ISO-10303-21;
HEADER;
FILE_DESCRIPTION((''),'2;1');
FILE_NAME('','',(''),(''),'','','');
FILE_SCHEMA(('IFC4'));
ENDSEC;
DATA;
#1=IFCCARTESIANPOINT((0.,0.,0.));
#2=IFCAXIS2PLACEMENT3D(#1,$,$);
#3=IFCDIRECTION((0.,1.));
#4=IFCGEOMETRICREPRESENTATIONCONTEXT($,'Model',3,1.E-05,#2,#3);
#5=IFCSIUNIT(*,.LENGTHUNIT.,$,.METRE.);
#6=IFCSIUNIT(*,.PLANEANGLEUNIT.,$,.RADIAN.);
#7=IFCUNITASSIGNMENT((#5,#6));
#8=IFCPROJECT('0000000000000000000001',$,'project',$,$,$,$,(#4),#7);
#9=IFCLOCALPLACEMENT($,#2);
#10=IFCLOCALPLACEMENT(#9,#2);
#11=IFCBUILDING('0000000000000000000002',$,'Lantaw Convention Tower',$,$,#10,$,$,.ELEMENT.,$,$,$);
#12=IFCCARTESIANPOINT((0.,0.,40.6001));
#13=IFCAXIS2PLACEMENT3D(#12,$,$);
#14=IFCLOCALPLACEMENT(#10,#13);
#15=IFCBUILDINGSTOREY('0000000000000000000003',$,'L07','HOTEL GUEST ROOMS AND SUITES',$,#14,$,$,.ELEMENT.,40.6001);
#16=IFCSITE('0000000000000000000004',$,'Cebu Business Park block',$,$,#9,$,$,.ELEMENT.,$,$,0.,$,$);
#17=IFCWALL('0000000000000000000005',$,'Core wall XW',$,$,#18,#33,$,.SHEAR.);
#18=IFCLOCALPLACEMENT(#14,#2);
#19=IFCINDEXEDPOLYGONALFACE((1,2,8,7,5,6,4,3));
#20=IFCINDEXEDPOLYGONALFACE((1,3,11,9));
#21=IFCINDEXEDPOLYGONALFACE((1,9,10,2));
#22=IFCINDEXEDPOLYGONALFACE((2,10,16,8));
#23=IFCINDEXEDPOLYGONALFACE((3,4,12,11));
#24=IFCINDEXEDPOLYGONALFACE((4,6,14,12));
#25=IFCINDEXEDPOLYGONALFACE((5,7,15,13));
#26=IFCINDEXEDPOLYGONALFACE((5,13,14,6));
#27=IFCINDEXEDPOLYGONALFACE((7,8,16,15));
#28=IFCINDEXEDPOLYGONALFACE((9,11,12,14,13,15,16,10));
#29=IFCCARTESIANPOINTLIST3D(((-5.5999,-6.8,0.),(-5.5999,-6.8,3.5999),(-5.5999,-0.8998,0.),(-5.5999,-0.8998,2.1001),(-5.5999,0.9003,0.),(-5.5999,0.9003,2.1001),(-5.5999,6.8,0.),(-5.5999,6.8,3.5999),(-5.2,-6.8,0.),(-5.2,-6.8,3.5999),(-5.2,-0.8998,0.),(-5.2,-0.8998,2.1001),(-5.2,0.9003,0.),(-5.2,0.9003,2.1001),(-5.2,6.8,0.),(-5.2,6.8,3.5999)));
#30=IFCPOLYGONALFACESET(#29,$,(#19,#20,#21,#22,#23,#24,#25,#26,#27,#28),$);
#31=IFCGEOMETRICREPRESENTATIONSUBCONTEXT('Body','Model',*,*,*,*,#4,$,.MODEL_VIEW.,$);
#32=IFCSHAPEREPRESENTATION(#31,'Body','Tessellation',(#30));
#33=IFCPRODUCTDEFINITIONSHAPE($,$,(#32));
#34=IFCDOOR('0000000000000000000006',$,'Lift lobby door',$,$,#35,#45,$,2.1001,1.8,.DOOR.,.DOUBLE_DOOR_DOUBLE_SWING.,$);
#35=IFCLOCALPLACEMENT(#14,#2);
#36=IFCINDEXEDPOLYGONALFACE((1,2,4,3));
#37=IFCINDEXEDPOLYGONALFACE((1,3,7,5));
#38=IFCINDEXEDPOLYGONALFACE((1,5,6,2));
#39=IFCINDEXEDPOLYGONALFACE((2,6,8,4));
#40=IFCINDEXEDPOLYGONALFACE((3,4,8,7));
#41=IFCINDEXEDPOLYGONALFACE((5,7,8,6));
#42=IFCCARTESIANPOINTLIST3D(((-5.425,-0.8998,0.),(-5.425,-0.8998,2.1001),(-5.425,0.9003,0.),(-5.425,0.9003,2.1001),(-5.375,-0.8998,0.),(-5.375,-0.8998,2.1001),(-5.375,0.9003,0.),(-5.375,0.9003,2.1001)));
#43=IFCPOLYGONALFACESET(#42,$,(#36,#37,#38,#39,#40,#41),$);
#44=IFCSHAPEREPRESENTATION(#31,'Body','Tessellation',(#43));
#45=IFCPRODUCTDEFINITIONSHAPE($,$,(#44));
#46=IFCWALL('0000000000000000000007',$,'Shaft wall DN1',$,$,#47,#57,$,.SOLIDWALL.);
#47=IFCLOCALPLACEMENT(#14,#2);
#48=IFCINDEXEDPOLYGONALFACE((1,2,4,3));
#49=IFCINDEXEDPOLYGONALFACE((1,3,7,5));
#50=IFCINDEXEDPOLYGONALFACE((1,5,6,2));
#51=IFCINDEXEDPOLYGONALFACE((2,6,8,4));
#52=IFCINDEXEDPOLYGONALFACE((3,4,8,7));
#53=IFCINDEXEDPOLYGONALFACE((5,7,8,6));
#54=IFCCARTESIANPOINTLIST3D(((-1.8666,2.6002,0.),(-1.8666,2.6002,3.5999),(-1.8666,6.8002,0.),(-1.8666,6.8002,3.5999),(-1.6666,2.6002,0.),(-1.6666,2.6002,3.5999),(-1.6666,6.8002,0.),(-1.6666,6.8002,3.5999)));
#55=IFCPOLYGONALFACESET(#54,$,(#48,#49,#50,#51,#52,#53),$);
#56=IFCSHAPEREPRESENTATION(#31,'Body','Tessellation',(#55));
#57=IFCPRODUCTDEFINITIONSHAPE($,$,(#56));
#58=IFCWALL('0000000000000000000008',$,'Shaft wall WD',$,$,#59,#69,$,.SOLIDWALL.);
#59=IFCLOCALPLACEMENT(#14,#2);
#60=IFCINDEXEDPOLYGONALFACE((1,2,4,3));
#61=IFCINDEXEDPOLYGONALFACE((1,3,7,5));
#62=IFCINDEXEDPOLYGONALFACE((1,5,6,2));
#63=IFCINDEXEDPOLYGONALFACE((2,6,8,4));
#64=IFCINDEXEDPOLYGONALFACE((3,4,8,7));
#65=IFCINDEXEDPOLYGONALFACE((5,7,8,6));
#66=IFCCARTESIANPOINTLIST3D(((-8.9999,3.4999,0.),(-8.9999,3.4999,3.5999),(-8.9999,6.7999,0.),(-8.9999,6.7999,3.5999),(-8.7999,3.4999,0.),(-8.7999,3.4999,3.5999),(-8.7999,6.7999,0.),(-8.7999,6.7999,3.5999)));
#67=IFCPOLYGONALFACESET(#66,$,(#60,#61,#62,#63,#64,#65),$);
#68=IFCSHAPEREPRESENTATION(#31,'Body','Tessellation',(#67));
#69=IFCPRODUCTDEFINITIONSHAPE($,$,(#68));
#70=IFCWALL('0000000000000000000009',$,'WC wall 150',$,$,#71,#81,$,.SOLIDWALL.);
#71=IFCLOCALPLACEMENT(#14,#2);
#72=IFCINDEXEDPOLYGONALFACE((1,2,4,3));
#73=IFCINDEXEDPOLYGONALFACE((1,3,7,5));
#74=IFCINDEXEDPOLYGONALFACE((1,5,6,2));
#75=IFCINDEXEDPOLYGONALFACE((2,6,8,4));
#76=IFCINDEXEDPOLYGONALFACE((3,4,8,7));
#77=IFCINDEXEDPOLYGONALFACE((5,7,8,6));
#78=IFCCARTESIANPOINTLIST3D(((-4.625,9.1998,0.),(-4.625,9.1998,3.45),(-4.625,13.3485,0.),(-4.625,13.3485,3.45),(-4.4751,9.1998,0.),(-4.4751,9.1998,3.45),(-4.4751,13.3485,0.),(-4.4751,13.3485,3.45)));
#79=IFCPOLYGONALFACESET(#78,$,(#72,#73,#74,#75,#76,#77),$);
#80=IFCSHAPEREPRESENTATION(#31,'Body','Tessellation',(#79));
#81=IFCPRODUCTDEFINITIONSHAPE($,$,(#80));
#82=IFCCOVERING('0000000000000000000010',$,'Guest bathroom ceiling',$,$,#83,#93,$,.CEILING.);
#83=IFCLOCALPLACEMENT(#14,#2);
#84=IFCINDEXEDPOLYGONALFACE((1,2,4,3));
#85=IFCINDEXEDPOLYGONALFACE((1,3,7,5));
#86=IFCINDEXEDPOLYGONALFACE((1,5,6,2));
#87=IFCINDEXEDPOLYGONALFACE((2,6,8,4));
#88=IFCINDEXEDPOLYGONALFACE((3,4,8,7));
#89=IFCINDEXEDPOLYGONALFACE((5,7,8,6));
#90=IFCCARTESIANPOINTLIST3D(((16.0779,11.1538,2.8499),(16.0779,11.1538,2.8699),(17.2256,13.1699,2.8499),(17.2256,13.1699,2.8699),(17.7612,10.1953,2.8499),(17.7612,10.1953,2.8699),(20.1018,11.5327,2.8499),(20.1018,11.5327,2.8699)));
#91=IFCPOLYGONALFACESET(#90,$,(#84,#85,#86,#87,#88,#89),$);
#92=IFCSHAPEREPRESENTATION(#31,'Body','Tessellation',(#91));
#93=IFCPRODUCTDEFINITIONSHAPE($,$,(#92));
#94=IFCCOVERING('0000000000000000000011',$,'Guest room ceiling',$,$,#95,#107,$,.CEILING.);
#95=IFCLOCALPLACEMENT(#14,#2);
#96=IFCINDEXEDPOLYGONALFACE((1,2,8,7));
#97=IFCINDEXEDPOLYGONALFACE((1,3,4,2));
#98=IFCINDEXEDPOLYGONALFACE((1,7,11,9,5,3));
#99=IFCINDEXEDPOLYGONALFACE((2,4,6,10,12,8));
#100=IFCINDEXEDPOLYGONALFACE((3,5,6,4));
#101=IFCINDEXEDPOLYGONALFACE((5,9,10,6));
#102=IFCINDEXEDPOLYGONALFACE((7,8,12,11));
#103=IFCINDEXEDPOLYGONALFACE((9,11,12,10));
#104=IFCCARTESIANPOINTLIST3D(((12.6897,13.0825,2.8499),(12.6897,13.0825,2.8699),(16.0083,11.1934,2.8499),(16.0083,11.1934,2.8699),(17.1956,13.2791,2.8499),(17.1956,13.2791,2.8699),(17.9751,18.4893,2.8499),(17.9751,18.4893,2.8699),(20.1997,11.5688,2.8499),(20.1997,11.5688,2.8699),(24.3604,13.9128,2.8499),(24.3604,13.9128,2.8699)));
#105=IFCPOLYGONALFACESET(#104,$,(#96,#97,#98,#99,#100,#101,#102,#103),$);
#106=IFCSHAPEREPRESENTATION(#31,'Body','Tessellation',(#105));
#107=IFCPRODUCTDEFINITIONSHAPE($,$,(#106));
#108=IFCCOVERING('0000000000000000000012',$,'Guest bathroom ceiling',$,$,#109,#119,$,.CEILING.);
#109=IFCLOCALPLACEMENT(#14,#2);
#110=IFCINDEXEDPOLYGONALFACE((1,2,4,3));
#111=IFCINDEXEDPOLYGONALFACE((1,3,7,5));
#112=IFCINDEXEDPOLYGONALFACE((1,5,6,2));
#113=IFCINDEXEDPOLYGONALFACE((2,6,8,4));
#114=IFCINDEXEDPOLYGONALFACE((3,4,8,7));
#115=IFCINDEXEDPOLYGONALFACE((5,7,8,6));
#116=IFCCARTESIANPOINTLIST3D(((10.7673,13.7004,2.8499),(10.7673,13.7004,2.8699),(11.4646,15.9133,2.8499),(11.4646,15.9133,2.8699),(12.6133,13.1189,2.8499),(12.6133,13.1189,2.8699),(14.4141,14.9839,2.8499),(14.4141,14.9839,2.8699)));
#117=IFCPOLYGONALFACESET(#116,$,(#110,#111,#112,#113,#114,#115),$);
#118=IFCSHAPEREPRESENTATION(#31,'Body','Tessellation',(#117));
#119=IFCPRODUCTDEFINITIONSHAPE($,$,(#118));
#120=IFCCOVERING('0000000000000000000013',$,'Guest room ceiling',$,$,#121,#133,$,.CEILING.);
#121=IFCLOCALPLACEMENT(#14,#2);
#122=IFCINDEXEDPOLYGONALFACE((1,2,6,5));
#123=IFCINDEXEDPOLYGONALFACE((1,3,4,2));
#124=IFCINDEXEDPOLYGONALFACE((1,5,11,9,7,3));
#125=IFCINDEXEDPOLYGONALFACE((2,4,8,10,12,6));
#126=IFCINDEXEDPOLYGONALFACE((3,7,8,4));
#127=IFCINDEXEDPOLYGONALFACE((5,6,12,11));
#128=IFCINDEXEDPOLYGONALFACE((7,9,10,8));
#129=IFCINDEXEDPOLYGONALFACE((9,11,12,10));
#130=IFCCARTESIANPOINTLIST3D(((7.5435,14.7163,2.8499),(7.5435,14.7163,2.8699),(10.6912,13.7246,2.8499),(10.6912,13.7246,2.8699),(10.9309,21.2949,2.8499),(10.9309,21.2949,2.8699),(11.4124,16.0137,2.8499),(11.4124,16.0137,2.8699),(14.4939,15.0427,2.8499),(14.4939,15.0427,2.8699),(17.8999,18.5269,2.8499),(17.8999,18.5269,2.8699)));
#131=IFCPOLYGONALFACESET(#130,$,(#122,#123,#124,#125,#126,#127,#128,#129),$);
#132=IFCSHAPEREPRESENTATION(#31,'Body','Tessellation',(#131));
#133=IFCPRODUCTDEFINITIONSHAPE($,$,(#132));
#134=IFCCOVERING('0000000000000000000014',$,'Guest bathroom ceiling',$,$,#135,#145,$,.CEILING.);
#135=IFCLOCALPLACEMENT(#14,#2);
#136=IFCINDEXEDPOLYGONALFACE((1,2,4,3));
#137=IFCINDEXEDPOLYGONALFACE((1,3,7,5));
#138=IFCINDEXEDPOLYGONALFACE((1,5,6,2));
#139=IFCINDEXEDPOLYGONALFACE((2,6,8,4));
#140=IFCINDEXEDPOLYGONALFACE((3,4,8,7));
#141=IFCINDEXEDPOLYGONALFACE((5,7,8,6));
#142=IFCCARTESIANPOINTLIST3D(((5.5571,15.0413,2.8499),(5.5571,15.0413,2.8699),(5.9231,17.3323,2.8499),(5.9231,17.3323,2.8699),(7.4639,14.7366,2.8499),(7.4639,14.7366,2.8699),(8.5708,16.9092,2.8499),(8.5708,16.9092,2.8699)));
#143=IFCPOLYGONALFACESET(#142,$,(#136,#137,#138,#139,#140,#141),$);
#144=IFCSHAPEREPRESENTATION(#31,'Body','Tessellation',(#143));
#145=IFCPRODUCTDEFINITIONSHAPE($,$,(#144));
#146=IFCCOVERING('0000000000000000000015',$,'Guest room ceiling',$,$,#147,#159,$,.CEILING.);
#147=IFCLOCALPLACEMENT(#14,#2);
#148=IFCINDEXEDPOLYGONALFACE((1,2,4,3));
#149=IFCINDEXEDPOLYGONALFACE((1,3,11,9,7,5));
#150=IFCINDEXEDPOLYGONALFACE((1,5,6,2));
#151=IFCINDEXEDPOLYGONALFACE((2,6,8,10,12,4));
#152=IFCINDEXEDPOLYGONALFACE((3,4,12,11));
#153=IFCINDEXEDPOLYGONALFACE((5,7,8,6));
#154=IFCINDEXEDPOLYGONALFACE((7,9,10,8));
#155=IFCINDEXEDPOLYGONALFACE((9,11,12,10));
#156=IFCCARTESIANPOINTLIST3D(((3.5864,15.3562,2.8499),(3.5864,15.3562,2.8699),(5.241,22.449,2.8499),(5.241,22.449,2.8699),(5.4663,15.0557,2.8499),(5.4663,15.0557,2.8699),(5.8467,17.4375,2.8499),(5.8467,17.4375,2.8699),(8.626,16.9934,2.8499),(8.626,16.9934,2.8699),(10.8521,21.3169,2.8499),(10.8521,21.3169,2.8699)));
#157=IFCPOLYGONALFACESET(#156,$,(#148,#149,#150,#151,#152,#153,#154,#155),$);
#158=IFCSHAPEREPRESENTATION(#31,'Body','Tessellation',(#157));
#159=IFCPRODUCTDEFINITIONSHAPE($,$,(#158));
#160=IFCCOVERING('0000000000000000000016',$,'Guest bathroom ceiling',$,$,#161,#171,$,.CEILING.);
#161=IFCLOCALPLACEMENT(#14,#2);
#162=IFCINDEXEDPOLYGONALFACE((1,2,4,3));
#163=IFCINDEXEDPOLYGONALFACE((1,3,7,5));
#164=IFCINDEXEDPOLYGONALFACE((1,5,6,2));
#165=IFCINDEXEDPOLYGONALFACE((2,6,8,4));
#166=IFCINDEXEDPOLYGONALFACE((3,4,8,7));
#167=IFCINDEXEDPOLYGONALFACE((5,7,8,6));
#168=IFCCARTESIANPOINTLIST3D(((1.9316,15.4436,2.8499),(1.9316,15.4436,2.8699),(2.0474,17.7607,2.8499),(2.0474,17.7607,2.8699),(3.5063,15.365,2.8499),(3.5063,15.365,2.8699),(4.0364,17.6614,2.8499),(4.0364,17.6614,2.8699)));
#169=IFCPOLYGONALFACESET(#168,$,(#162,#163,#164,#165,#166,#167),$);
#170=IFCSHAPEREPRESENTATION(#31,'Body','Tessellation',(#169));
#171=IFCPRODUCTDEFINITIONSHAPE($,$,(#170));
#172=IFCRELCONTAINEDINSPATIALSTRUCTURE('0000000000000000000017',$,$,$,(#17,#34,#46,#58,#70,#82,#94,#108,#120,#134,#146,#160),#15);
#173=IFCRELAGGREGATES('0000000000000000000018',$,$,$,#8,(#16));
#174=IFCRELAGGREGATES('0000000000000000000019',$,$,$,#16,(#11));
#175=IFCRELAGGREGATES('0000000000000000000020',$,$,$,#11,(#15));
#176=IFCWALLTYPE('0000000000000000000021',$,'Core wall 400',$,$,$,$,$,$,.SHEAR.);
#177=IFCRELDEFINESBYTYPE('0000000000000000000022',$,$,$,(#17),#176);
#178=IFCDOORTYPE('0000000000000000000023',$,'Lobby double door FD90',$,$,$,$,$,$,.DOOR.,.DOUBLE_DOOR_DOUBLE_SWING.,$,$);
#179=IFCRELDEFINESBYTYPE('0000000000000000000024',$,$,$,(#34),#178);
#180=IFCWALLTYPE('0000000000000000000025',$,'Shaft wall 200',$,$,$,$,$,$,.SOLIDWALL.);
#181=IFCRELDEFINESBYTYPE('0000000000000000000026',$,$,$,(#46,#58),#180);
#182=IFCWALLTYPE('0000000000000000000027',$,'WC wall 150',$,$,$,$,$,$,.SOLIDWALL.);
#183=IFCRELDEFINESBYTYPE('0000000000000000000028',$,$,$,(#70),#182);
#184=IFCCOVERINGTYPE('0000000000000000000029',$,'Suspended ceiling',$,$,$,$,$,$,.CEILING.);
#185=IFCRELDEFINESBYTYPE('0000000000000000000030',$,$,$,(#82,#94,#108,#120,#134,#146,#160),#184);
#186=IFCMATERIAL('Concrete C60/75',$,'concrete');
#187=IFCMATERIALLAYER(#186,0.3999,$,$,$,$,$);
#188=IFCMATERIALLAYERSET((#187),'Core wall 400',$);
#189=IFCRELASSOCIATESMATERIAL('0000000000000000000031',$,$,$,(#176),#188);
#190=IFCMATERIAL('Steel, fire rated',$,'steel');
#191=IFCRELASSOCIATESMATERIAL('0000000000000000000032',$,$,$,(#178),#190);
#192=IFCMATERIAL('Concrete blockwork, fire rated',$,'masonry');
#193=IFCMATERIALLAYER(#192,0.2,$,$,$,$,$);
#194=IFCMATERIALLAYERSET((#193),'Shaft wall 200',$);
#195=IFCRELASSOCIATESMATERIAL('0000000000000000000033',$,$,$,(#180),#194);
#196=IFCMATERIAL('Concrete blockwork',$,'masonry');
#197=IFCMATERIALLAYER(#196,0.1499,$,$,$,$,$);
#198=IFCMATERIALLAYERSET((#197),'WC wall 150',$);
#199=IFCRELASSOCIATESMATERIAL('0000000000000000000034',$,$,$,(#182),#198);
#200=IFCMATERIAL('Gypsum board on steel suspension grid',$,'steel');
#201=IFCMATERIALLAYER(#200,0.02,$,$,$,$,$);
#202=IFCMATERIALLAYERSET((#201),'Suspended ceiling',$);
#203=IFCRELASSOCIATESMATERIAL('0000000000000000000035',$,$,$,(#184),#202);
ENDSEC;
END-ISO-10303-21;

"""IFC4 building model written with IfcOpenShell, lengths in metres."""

from ifc_helpers import new_model, si_unit, direction, frame, frame_2d, origin, place, context, subcontext, project, spatial, polyline, rectangle, outline, extrude, material, layer, layer_set, type_object, element, fill, save


model = new_model("IFC4")

# Units and contexts
model_context = context("Model", 3, precision=1e-05, world=origin(), true_north=direction((0.0, 1.0)))
body_context = subcontext(model_context, "Body", "Model", "MODEL_VIEW")
ifc_project = project(units=[si_unit("LENGTHUNIT", "METRE"), si_unit("PLANEANGLEUNIT", "RADIAN")], contexts=[model_context])

# Site, building, storey
site_placement = place(None, origin())
site = spatial("IfcSite", under=ifc_project, at=site_placement, Name="Cebu Business Park block", CompositionType="ELEMENT", RefElevation=0.0)
building_placement = place(site_placement, origin())
building = spatial("IfcBuilding", under=site, at=building_placement, Name="Lantaw Convention Tower", CompositionType="ELEMENT")
storey_placement = place(building_placement, frame((0.0, 0.0, 40.6001)))
storey = spatial("IfcBuildingStorey", under=building, at=storey_placement, Name="L07", Description="HOTEL GUEST ROOMS AND SUITES", CompositionType="ELEMENT", Elevation=40.6001)

# Wall, opening, door
ifc_material_1 = material(Name="Concrete C60/75", Category="concrete")
ifc_layer_1 = layer(ifc_material_1, 0.3999)
ifc_layer_set_1 = layer_set([ifc_layer_1], Name="Core wall 400")
wall_type_1 = type_object("IfcWallType", Name="Core wall 400", PredefinedType="SHEAR", material=ifc_layer_set_1)
wall_1_placement = place(storey_placement, frame((-5.3999, 6.8, 0.0), z_axis=(0.0, 0.0, 1.0), x_axis=(0.0, -1.0, 0.0)))
wall_1 = element("IfcWall", 1, at=wall_1_placement, inside=storey, type_object=wall_type_1, Name="Core wall XW", PredefinedType="SHEAR", context=body_context, shape_type="SweptSolid", body=[
    extrude(rectangle(XDim=13.6001, YDim=0.3999, at=frame_2d((6.8, 0.0))), origin(), (0.0, 0.0, 1.0), 3.5999),
])
opening_placement = place(wall_1_placement, frame((5.8999, 0.0, 0.0)))
opening = element("IfcOpeningElement", 2, at=opening_placement, cuts=wall_1, PredefinedType="OPENING", context=body_context, shape_type="SweptSolid", body=[
    extrude(rectangle(XDim=1.8, YDim=2.1001, at=frame_2d((0.8999, 1.05))), frame((0.0, 0.21, 0.0), z_axis=(0.0, -1.0, 0.0), x_axis=(1.0, 0.0, 0.0)), (0.0, 0.0, 1.0), 0.4199),
])
ifc_material_2 = material(Name="Steel, fire rated", Category="steel")
door_type = type_object("IfcDoorType", Name="Lobby double door FD90", OperationType="DOUBLE_DOOR_DOUBLE_SWING", PredefinedType="DOOR", material=ifc_material_2)
door_placement = place(opening_placement, origin())
door = element("IfcDoor", 3, at=door_placement, inside=storey, type_object=door_type, Name="Lift lobby door", OperationType="DOUBLE_DOOR_DOUBLE_SWING", OverallHeight=2.1001, OverallWidth=1.8, PredefinedType="DOOR", context=body_context, shape_type="SweptSolid", body=[
    extrude(rectangle(XDim=1.8, YDim=2.1001, at=frame_2d((0.8999, 1.05))), frame((0.0, 0.0249, 0.0), z_axis=(0.0, -1.0, 0.0), x_axis=(1.0, 0.0, 0.0)), (0.0, 0.0, 1.0), 0.05),
])
fill(opening, door)

# Walls
ifc_material_3 = material(Name="Concrete blockwork, fire rated", Category="masonry")
ifc_layer_2 = layer(ifc_material_3, 0.2)
ifc_layer_set_2 = layer_set([ifc_layer_2], Name="Shaft wall 200")
wall_type_2 = type_object("IfcWallType", Name="Shaft wall 200", PredefinedType="SOLIDWALL", material=ifc_layer_set_2)
wall_2_placement = place(storey_placement, frame((-1.7666, 2.6001, 0.0), z_axis=(0.0, 0.0, 1.0), x_axis=(0.0, 1.0, 0.0)))
element("IfcWall", 4, at=wall_2_placement, inside=storey, type_object=wall_type_2, Name="Shaft wall DN1", PredefinedType="SOLIDWALL", context=body_context, shape_type="SweptSolid", body=[
    extrude(rectangle(XDim=4.2, YDim=0.2, at=frame_2d((2.1001, 0.0))), origin(), (0.0, 0.0, 1.0), 3.5999),
])
wall_3_placement = place(storey_placement, frame((-8.8999, 3.5, 0.0), z_axis=(0.0, 0.0, 1.0), x_axis=(0.0, 1.0, 0.0)))
element("IfcWall", 5, at=wall_3_placement, inside=storey, type_object=wall_type_2, Name="Shaft wall WD", PredefinedType="SOLIDWALL", context=body_context, shape_type="SweptSolid", body=[
    extrude(rectangle(XDim=3.3, YDim=0.2, at=frame_2d((1.6499, 0.0))), origin(), (0.0, 0.0, 1.0), 3.5999),
])
ifc_material_4 = material(Name="Concrete blockwork", Category="masonry")
ifc_layer_3 = layer(ifc_material_4, 0.1499)
ifc_layer_set_3 = layer_set([ifc_layer_3], Name="WC wall 150")
wall_type_3 = type_object("IfcWallType", Name="WC wall 150", PredefinedType="SOLIDWALL", material=ifc_layer_set_3)
wall_4_placement = place(storey_placement, frame((-4.55, 9.2, 0.0), z_axis=(0.0, 0.0, 1.0), x_axis=(0.0, 1.0, 0.0)))
element("IfcWall", 6, at=wall_4_placement, inside=storey, type_object=wall_type_3, Name="WC wall 150", PredefinedType="SOLIDWALL", context=body_context, shape_type="SweptSolid", body=[
    extrude(rectangle(XDim=4.1487, YDim=0.1499, at=frame_2d((2.0742, 0.0))), origin(), (0.0, 0.0, 1.0), 3.45),
])

# Coverings
ifc_material_5 = material(Name="Gypsum board on steel suspension grid", Category="steel")
ifc_layer_4 = layer(ifc_material_5, 0.02)
ifc_layer_set_4 = layer_set([ifc_layer_4], Name="Suspended ceiling")
covering_type = type_object("IfcCoveringType", Name="Suspended ceiling", PredefinedType="CEILING", material=ifc_layer_set_4)
covering_1_placement = place(storey_placement, frame((0.0, 0.0, 2.8499)))
element("IfcCovering", 7, at=covering_1_placement, inside=storey, type_object=covering_type, Name="Guest bathroom ceiling", PredefinedType="CEILING", context=body_context, shape_type="SweptSolid", body=[
    extrude(outline(polyline([(17.7612, 10.1953), (20.1018, 11.5327), (17.2256, 13.1699), (16.0779, 11.1538), (17.7612, 10.1953)])), origin(), (0.0, 0.0, 1.0), 0.02),
])
covering_2_placement = place(storey_placement, frame((0.0, 0.0, 2.8499)))
element("IfcCovering", 8, at=covering_2_placement, inside=storey, type_object=covering_type, Name="Guest room ceiling", PredefinedType="CEILING", context=body_context, shape_type="SweptSolid", body=[
    extrude(outline(polyline([(12.6897, 13.0825), (16.0083, 11.1934), (17.1956, 13.2791), (20.1997, 11.5688), (24.3604, 13.9128), (17.9751, 18.4893), (12.6897, 13.0825)])), origin(), (0.0, 0.0, 1.0), 0.02),
])
covering_3_placement = place(storey_placement, frame((0.0, 0.0, 2.8499)))
element("IfcCovering", 9, at=covering_3_placement, inside=storey, type_object=covering_type, Name="Guest bathroom ceiling", PredefinedType="CEILING", context=body_context, shape_type="SweptSolid", body=[
    extrude(outline(polyline([(12.6133, 13.1189), (14.4141, 14.9839), (11.4646, 15.9133), (10.7673, 13.7004), (12.6133, 13.1189)])), origin(), (0.0, 0.0, 1.0), 0.02),
])
covering_4_placement = place(storey_placement, frame((0.0, 0.0, 2.8499)))
element("IfcCovering", 10, at=covering_4_placement, inside=storey, type_object=covering_type, Name="Guest room ceiling", PredefinedType="CEILING", context=body_context, shape_type="SweptSolid", body=[
    extrude(outline(polyline([(7.5435, 14.7163), (10.6912, 13.7246), (11.4124, 16.0137), (14.4939, 15.0427), (17.8999, 18.5269), (10.9309, 21.2949), (7.5435, 14.7163)])), origin(), (0.0, 0.0, 1.0), 0.02),
])
covering_5_placement = place(storey_placement, frame((0.0, 0.0, 2.8499)))
element("IfcCovering", 11, at=covering_5_placement, inside=storey, type_object=covering_type, Name="Guest bathroom ceiling", PredefinedType="CEILING", context=body_context, shape_type="SweptSolid", body=[
    extrude(outline(polyline([(7.4639, 14.7366), (8.5708, 16.9092), (5.9231, 17.3323), (5.5571, 15.0413), (7.4639, 14.7366)])), origin(), (0.0, 0.0, 1.0), 0.02),
])
covering_6_placement = place(storey_placement, frame((0.0, 0.0, 2.8499)))
element("IfcCovering", 12, at=covering_6_placement, inside=storey, type_object=covering_type, Name="Guest room ceiling", PredefinedType="CEILING", context=body_context, shape_type="SweptSolid", body=[
    extrude(outline(polyline([(5.241, 22.449), (3.5864, 15.3562), (5.4663, 15.0557), (5.8467, 17.4375), (8.626, 16.9934), (10.8521, 21.3169), (5.241, 22.449)])), origin(), (0.0, 0.0, 1.0), 0.02),
])
covering_7_placement = place(storey_placement, frame((0.0, 0.0, 2.8499)))
element("IfcCovering", 13, at=covering_7_placement, inside=storey, type_object=covering_type, Name="Guest bathroom ceiling", PredefinedType="CEILING", context=body_context, shape_type="SweptSolid", body=[
    extrude(outline(polyline([(3.5063, 15.365), (4.0364, 17.6614), (2.0474, 17.7607), (1.9316, 15.4436), (3.5063, 15.365)])), origin(), (0.0, 0.0, 1.0), 0.02),
])

save(model, "model.ifc")
